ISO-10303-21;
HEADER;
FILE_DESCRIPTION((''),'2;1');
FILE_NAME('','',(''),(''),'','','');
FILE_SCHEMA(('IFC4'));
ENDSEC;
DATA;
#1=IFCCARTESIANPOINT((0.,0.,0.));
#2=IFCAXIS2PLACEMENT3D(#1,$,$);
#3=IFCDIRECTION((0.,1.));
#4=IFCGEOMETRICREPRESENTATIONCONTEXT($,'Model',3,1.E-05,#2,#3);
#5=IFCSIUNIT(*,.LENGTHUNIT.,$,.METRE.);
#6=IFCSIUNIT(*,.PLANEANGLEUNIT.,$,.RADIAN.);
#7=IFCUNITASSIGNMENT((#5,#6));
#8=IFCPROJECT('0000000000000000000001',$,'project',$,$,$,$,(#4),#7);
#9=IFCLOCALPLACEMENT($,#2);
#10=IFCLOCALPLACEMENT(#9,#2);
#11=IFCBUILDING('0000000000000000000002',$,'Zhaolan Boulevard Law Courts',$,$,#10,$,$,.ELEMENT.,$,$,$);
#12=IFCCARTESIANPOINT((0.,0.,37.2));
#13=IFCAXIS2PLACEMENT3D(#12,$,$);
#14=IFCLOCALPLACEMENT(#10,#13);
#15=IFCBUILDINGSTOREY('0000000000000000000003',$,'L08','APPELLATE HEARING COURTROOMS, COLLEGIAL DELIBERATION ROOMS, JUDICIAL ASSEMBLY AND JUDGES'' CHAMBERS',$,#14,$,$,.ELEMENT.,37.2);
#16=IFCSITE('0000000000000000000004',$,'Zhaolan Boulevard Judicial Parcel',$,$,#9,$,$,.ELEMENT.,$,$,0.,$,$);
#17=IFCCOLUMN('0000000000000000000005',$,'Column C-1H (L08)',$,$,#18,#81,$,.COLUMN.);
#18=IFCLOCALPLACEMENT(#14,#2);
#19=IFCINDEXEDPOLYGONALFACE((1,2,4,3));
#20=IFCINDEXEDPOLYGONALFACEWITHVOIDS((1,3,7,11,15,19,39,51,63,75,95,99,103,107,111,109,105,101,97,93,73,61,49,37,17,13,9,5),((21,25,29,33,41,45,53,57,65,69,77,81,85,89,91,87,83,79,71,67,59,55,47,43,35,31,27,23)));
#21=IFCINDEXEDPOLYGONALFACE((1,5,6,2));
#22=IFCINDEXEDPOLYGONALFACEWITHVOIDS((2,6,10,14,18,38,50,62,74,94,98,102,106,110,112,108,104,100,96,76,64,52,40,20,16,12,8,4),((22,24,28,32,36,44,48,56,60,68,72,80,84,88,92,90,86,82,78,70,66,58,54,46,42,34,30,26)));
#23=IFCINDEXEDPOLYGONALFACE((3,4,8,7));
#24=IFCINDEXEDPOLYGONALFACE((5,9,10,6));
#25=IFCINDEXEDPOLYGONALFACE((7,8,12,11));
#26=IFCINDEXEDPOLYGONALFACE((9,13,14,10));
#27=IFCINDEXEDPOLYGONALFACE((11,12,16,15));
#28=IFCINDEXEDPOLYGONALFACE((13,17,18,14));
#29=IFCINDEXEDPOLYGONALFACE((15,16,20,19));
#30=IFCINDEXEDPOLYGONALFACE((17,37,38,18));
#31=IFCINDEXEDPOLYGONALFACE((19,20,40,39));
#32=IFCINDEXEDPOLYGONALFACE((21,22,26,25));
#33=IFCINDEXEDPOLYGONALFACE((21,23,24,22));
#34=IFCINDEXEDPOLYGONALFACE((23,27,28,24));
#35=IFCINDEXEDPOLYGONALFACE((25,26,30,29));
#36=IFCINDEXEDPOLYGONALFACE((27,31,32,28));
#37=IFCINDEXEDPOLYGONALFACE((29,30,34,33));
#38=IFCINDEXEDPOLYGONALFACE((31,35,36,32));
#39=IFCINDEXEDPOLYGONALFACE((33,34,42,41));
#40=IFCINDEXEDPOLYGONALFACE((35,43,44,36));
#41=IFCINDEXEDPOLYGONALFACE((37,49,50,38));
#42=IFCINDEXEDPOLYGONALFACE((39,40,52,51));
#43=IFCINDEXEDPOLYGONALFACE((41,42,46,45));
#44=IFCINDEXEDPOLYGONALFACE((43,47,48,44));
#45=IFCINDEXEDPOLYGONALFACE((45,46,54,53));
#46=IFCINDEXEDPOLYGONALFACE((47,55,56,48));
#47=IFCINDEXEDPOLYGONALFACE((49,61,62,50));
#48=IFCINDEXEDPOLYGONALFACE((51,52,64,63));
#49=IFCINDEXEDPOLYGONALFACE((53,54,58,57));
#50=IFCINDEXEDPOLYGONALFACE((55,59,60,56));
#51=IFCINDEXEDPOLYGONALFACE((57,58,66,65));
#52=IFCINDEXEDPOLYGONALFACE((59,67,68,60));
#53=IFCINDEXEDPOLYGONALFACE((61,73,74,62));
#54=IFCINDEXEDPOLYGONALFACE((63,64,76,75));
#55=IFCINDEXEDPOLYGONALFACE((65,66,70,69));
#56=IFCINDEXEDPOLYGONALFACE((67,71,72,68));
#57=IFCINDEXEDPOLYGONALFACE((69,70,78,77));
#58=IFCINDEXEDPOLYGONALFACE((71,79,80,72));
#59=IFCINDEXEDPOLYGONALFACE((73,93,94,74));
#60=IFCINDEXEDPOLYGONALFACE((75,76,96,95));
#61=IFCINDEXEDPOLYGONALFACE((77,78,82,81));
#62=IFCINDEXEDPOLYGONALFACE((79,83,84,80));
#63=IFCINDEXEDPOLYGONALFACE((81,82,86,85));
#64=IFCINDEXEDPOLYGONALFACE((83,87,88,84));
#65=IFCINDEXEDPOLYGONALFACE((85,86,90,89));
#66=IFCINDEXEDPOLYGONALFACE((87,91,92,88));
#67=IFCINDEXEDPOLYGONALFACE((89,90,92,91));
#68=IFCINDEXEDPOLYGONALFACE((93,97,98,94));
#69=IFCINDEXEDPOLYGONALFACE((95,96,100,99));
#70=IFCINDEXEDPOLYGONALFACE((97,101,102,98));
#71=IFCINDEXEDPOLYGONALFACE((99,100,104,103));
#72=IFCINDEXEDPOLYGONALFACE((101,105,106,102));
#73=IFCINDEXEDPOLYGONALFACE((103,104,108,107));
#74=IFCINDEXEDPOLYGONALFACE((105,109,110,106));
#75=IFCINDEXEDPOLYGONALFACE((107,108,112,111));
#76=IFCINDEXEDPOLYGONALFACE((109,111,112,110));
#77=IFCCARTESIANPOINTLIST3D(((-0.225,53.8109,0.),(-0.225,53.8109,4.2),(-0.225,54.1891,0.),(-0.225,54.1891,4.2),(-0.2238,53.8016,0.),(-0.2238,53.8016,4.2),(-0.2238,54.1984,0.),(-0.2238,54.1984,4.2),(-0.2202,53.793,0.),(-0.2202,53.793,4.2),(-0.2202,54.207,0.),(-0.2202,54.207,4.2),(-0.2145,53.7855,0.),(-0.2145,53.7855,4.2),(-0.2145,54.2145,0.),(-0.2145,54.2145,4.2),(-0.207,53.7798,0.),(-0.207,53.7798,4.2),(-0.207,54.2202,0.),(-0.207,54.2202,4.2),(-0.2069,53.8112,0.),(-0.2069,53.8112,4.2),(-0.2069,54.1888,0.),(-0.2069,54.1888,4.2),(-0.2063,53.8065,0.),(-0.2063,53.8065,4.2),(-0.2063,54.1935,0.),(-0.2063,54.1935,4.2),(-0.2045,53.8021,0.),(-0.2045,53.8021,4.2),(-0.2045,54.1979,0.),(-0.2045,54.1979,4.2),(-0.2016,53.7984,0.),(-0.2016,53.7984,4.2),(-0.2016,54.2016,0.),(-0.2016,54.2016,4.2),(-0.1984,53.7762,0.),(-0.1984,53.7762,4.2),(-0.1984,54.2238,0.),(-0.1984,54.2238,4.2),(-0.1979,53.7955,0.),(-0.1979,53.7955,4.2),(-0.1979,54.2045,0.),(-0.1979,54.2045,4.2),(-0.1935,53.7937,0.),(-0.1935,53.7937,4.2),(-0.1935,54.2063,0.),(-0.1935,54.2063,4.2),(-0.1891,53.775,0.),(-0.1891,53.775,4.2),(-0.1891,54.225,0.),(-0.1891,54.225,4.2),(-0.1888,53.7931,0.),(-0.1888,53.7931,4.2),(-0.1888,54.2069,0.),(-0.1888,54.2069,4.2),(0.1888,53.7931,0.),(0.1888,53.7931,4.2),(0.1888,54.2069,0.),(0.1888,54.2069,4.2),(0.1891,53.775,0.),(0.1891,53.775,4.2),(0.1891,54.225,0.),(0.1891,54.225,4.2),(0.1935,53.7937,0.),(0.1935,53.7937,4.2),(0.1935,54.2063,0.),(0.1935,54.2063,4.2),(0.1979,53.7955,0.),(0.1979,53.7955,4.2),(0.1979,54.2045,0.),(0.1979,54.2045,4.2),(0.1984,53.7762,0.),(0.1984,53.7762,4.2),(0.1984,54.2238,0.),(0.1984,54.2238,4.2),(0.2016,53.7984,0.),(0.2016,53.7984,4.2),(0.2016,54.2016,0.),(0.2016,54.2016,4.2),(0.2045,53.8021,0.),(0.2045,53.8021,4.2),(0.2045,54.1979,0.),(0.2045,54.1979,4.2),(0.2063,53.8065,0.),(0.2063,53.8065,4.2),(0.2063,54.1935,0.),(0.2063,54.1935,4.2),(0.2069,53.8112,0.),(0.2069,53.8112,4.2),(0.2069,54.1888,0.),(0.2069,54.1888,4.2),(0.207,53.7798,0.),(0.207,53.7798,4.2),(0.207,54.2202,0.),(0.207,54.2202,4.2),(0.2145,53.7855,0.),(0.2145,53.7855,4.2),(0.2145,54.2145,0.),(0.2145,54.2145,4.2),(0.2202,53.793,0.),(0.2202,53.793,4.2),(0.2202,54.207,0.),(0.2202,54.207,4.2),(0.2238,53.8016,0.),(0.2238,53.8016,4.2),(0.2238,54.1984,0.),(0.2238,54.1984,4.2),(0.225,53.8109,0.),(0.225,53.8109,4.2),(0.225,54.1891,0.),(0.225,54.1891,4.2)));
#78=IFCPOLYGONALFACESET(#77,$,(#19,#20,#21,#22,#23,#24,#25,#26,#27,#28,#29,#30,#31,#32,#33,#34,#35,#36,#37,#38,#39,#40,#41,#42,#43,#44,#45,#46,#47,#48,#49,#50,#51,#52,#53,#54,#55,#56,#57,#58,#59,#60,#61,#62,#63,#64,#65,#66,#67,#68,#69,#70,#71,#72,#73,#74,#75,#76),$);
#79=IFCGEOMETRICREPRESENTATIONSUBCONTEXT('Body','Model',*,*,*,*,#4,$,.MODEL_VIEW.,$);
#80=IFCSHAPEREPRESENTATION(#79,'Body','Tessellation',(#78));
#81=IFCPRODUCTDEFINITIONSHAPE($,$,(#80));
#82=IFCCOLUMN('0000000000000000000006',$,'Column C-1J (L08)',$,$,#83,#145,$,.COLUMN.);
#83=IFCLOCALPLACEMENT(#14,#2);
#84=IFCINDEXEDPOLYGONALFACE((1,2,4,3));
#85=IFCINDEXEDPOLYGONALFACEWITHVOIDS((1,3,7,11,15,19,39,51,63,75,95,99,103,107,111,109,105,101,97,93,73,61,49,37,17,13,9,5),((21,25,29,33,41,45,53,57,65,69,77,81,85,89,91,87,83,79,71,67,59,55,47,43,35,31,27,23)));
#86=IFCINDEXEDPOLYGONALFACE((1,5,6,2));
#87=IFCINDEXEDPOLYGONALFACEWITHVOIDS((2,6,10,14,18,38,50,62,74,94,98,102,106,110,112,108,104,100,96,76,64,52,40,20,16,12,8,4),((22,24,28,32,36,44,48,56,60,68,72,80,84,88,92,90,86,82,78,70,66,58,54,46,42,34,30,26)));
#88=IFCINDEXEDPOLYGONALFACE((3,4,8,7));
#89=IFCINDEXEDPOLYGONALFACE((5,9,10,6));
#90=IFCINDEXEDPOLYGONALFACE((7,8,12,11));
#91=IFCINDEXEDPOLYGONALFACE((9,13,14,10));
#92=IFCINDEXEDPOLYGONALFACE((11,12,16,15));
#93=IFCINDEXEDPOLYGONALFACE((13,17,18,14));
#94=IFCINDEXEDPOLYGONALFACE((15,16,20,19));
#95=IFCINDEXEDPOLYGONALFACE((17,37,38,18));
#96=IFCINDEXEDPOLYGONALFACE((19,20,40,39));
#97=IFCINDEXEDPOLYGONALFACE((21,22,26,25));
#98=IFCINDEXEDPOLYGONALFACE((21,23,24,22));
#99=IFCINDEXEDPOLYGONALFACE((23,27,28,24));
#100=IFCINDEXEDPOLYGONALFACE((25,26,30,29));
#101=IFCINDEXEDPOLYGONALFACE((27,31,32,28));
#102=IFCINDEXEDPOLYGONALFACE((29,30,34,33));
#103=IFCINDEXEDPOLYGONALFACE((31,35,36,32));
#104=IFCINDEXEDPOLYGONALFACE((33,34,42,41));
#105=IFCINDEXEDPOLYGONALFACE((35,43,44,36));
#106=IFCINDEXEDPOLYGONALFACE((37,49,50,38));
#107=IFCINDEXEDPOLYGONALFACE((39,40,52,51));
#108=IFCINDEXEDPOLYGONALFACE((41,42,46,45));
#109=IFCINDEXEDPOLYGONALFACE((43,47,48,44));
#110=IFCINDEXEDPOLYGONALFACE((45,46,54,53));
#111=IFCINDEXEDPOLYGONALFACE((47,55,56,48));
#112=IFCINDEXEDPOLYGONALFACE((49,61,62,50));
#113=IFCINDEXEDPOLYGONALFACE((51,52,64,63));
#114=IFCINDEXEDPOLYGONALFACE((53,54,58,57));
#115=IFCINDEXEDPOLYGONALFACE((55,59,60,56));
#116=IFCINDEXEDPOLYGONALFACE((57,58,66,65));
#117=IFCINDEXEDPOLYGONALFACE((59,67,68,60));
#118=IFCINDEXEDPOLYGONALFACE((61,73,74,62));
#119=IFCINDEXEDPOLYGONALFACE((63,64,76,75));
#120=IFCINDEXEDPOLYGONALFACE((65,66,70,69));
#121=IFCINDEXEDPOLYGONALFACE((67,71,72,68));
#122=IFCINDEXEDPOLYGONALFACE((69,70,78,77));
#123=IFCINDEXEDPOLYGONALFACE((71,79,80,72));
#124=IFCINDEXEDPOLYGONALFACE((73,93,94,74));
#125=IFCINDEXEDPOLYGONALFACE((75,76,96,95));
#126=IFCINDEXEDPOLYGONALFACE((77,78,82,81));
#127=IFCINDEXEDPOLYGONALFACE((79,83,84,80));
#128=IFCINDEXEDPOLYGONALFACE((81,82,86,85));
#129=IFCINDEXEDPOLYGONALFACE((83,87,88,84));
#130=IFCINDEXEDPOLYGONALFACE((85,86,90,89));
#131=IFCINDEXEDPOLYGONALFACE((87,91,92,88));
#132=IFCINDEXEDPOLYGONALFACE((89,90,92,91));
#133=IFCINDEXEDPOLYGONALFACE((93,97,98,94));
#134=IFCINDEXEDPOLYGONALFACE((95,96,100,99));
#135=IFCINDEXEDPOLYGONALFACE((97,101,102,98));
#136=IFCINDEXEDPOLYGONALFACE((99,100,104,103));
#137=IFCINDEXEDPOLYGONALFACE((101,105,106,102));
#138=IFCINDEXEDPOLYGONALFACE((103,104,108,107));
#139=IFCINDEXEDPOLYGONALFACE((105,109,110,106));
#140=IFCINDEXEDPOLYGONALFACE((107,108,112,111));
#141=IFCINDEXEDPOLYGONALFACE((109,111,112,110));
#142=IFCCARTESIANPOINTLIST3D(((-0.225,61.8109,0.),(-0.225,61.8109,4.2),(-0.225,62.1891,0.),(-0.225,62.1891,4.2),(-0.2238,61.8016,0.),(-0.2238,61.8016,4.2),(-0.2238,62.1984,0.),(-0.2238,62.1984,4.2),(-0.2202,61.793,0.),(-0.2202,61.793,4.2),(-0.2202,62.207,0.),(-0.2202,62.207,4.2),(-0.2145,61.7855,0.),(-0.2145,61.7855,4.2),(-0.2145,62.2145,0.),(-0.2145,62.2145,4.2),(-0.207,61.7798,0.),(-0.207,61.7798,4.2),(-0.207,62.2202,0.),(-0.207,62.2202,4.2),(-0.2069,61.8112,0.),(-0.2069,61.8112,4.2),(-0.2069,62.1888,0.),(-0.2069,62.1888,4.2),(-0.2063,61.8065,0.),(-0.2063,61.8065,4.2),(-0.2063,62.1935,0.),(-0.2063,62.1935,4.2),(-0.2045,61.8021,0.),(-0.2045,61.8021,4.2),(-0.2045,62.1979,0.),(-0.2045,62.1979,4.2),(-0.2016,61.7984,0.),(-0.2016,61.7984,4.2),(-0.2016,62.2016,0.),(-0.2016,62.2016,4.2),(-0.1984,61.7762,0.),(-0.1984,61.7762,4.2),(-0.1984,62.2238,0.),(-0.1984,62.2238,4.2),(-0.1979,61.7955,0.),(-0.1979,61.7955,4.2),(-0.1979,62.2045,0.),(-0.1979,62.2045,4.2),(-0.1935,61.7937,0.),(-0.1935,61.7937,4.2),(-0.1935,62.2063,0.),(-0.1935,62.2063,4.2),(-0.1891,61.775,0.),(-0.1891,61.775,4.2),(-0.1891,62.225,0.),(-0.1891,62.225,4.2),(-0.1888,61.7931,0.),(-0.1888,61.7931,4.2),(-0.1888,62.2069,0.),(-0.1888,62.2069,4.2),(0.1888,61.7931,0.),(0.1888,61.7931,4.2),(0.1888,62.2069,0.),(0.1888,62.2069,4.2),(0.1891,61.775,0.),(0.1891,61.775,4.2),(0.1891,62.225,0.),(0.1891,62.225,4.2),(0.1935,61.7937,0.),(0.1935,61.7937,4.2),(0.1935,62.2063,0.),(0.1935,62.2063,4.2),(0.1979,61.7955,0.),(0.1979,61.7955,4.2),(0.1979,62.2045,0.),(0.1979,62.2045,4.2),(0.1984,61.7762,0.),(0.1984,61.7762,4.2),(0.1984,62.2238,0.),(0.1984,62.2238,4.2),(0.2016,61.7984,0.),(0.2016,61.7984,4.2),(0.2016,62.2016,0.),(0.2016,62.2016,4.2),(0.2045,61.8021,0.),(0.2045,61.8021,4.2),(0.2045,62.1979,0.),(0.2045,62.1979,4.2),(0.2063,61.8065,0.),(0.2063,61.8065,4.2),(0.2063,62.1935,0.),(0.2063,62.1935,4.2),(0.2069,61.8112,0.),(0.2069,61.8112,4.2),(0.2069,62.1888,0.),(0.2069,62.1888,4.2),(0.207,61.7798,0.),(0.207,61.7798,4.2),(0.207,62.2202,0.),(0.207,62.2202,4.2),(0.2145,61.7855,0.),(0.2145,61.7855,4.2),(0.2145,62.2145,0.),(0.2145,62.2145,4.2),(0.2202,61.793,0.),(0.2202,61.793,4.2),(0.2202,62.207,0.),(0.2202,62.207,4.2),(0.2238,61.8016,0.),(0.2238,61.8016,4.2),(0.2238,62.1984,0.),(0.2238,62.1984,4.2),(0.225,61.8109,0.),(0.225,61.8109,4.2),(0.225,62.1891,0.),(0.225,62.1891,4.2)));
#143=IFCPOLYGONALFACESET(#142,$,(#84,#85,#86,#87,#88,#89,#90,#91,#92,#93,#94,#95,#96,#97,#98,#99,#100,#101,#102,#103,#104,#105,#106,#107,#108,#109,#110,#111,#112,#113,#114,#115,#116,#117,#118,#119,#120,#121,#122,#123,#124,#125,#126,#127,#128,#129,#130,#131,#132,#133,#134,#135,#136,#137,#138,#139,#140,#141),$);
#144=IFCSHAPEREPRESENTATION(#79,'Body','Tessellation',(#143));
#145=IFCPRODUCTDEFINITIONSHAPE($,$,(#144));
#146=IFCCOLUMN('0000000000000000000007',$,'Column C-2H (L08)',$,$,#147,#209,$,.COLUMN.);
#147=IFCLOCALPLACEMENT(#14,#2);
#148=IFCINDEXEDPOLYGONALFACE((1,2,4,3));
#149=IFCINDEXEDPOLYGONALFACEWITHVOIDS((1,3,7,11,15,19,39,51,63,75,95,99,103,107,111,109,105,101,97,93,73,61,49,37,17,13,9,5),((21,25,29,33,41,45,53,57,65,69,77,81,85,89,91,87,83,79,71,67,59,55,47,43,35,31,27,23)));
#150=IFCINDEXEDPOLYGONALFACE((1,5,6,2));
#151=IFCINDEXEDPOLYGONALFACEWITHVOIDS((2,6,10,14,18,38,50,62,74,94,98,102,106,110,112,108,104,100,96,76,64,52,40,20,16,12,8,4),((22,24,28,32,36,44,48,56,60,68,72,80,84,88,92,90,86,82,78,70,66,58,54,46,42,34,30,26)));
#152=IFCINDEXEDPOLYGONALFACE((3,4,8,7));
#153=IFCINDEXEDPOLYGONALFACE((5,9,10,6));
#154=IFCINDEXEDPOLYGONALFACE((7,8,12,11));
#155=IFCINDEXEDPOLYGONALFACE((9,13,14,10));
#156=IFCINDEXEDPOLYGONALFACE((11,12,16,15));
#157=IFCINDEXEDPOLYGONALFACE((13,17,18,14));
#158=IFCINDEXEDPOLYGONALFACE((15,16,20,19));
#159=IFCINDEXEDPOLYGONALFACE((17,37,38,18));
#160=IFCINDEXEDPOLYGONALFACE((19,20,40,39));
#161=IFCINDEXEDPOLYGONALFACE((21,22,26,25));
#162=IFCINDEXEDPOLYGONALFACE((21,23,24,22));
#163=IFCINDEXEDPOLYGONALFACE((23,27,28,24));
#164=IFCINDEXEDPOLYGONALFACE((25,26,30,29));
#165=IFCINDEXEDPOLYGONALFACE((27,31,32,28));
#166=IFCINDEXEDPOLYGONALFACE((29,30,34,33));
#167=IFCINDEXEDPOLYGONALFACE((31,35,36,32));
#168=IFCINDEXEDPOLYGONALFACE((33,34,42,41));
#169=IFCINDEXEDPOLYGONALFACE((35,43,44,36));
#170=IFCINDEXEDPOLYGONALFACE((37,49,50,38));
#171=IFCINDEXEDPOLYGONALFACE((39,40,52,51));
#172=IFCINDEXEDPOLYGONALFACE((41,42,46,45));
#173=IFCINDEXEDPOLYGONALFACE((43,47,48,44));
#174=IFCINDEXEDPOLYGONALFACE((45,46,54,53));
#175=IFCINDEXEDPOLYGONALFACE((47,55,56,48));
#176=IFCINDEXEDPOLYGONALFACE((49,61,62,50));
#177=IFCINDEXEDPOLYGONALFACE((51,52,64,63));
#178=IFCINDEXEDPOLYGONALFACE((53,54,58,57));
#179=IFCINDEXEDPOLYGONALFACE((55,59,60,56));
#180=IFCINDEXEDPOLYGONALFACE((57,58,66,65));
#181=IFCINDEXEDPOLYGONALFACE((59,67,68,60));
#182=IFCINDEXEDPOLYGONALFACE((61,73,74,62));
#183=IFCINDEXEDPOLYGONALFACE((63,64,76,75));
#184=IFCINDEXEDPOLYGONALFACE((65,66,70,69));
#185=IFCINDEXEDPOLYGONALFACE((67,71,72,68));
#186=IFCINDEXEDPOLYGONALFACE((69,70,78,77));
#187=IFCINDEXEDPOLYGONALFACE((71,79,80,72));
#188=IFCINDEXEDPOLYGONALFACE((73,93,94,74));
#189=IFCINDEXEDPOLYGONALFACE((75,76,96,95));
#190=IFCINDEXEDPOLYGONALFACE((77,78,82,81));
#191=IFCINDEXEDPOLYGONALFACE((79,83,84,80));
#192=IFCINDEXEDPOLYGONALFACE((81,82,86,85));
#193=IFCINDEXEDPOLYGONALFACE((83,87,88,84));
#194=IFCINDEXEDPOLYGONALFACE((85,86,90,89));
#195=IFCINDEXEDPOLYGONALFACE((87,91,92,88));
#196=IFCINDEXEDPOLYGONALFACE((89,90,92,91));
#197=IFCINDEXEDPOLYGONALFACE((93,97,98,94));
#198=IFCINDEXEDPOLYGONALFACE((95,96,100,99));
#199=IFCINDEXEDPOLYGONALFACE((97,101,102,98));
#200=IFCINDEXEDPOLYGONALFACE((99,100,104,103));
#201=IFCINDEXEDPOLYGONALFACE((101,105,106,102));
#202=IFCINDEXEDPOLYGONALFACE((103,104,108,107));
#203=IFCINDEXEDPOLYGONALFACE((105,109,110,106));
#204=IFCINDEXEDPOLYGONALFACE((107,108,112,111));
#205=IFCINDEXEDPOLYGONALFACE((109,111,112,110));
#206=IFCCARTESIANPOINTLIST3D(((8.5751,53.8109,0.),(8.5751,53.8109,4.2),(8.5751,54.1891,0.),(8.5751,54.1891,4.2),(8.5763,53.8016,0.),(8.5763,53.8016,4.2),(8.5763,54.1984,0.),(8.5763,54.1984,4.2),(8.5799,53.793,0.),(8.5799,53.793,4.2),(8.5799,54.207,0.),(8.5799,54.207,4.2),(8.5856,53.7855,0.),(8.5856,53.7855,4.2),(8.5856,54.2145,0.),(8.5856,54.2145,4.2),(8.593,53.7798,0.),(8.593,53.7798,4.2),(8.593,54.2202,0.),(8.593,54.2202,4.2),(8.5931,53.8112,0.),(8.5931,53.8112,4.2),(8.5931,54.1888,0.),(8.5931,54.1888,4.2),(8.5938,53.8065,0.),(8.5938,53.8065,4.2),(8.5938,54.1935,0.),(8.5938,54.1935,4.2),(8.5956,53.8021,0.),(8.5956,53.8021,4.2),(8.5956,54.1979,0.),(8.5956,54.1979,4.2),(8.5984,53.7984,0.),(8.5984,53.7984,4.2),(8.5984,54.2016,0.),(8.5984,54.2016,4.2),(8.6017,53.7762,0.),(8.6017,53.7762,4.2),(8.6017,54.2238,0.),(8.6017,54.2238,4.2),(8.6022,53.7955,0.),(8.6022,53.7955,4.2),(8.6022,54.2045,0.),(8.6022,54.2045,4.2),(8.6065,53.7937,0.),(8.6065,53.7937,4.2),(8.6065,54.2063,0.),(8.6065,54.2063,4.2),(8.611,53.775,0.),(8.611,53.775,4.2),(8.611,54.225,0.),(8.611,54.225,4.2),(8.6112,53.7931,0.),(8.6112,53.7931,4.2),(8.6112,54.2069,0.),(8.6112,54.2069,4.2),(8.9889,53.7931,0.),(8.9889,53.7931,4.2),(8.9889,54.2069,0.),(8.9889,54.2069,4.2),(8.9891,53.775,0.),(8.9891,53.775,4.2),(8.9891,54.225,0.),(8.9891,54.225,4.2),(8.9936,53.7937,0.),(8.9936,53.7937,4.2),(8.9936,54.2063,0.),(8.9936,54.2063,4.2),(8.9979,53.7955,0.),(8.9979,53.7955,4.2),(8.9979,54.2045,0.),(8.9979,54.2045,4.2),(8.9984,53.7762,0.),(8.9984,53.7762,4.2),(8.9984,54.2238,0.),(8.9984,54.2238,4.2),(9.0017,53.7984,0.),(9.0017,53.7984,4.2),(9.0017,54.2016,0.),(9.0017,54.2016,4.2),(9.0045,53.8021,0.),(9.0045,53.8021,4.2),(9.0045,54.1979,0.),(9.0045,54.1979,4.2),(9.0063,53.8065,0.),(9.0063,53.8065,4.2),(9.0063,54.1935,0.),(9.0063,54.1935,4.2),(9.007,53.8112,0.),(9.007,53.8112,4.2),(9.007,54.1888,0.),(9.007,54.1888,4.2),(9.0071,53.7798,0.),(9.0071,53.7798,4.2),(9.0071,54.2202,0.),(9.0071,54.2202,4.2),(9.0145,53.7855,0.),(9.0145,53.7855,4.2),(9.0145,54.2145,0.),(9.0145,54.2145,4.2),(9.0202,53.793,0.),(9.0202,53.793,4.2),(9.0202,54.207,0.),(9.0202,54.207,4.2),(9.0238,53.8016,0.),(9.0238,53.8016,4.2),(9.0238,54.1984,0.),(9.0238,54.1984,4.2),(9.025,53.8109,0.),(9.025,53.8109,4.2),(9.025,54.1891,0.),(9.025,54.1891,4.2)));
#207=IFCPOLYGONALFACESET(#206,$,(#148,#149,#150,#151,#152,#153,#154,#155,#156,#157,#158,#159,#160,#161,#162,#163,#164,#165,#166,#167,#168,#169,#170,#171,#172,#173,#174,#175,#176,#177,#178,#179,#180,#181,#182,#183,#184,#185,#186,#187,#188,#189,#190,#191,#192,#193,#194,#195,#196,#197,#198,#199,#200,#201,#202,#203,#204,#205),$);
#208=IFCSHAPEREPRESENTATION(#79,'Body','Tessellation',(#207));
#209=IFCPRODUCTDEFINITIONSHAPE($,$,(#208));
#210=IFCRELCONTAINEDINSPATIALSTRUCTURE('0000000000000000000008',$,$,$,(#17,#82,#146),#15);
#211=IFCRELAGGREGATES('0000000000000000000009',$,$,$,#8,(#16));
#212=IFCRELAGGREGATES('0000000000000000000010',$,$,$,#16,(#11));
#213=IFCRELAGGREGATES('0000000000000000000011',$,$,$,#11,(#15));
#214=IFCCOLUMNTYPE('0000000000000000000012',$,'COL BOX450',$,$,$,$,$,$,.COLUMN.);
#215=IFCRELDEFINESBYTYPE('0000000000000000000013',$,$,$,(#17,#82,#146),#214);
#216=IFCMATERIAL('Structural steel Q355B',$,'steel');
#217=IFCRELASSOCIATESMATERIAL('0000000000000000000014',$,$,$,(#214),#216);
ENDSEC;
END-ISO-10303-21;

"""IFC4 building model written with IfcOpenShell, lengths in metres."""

from ifc_helpers import new_model, si_unit, direction, frame, origin, origin_2d, place, context, subcontext, project, spatial, hollow_rectangle, extrude, material, material_profile, profile_set, type_object, element, save


model = new_model("IFC4")

# Units and contexts
model_context = context("Model", 3, precision=1e-05, world=origin(), true_north=direction((0.0, 1.0)))
body_context = subcontext(model_context, "Body", "Model", "MODEL_VIEW")
ifc_project = project(units=[si_unit("LENGTHUNIT", "METRE"), si_unit("PLANEANGLEUNIT", "RADIAN")], contexts=[model_context])

# Site, building, storey
site_placement = place(None, origin())
site = spatial("IfcSite", under=ifc_project, at=site_placement, Name="Zhaolan Boulevard Judicial Parcel", CompositionType="ELEMENT", RefElevation=0.0)
building_placement = place(site_placement, origin())
building = spatial("IfcBuilding", under=site, at=building_placement, Name="Zhaolan Boulevard Law Courts", CompositionType="ELEMENT")
storey_placement = place(building_placement, frame((0.0, 0.0, 37.2)))
storey = spatial("IfcBuildingStorey", under=building, at=storey_placement, Name="L08", Description="APPELLATE HEARING COURTROOMS, COLLEGIAL DELIBERATION ROOMS, JUDICIAL ASSEMBLY AND JUDGES' CHAMBERS", CompositionType="ELEMENT", Elevation=37.2)

# Columns
ifc_material_1 = material(Name="Structural steel Q355B", Category="steel")
ifc_material_profile_1 = material_profile(ifc_material_1, hollow_rectangle(XDim=0.45, YDim=0.45, WallThickness=0.0181, InnerFilletRadius=0.0181, OuterFilletRadius=0.0359, at=origin_2d()), Name="BOX450x450x18")
ifc_profile_set_1 = profile_set([ifc_material_profile_1], Name="Structural steel Q355B")
column_type = type_object("IfcColumnType", Name="COL BOX450", PredefinedType="COLUMN", material=ifc_profile_set_1)
for number, where, z_axis, x_axis, name in (
    (1, (0.0, 54.0, 0.0), (0.0, 0.0, 1.0), (1.0, 0.0, 0.0), "Column C-1H (L08)"),
    (2, (0.0, 62.0, 0.0), (0.0, 0.0, 1.0), (1.0, 0.0, 0.0), "Column C-1J (L08)"),
    (3, (8.8, 54.0, 0.0), (0.0, 0.0, 1.0), (1.0, 0.0, 0.0), "Column C-2H (L08)"),
):
    element("IfcColumn", number, at=place(storey_placement, frame(where, z_axis=z_axis, x_axis=x_axis)), inside=storey, type_object=column_type, Name=name, PredefinedType="COLUMN", context=body_context, shape_type="SweptSolid", body=[
        extrude(hollow_rectangle(XDim=0.45, YDim=0.45, WallThickness=0.0181, InnerFilletRadius=0.0181, OuterFilletRadius=0.0359, at=origin_2d()), origin(), (0.0, 0.0, 1.0), 4.2),
    ])

save(model, "model.ifc")
